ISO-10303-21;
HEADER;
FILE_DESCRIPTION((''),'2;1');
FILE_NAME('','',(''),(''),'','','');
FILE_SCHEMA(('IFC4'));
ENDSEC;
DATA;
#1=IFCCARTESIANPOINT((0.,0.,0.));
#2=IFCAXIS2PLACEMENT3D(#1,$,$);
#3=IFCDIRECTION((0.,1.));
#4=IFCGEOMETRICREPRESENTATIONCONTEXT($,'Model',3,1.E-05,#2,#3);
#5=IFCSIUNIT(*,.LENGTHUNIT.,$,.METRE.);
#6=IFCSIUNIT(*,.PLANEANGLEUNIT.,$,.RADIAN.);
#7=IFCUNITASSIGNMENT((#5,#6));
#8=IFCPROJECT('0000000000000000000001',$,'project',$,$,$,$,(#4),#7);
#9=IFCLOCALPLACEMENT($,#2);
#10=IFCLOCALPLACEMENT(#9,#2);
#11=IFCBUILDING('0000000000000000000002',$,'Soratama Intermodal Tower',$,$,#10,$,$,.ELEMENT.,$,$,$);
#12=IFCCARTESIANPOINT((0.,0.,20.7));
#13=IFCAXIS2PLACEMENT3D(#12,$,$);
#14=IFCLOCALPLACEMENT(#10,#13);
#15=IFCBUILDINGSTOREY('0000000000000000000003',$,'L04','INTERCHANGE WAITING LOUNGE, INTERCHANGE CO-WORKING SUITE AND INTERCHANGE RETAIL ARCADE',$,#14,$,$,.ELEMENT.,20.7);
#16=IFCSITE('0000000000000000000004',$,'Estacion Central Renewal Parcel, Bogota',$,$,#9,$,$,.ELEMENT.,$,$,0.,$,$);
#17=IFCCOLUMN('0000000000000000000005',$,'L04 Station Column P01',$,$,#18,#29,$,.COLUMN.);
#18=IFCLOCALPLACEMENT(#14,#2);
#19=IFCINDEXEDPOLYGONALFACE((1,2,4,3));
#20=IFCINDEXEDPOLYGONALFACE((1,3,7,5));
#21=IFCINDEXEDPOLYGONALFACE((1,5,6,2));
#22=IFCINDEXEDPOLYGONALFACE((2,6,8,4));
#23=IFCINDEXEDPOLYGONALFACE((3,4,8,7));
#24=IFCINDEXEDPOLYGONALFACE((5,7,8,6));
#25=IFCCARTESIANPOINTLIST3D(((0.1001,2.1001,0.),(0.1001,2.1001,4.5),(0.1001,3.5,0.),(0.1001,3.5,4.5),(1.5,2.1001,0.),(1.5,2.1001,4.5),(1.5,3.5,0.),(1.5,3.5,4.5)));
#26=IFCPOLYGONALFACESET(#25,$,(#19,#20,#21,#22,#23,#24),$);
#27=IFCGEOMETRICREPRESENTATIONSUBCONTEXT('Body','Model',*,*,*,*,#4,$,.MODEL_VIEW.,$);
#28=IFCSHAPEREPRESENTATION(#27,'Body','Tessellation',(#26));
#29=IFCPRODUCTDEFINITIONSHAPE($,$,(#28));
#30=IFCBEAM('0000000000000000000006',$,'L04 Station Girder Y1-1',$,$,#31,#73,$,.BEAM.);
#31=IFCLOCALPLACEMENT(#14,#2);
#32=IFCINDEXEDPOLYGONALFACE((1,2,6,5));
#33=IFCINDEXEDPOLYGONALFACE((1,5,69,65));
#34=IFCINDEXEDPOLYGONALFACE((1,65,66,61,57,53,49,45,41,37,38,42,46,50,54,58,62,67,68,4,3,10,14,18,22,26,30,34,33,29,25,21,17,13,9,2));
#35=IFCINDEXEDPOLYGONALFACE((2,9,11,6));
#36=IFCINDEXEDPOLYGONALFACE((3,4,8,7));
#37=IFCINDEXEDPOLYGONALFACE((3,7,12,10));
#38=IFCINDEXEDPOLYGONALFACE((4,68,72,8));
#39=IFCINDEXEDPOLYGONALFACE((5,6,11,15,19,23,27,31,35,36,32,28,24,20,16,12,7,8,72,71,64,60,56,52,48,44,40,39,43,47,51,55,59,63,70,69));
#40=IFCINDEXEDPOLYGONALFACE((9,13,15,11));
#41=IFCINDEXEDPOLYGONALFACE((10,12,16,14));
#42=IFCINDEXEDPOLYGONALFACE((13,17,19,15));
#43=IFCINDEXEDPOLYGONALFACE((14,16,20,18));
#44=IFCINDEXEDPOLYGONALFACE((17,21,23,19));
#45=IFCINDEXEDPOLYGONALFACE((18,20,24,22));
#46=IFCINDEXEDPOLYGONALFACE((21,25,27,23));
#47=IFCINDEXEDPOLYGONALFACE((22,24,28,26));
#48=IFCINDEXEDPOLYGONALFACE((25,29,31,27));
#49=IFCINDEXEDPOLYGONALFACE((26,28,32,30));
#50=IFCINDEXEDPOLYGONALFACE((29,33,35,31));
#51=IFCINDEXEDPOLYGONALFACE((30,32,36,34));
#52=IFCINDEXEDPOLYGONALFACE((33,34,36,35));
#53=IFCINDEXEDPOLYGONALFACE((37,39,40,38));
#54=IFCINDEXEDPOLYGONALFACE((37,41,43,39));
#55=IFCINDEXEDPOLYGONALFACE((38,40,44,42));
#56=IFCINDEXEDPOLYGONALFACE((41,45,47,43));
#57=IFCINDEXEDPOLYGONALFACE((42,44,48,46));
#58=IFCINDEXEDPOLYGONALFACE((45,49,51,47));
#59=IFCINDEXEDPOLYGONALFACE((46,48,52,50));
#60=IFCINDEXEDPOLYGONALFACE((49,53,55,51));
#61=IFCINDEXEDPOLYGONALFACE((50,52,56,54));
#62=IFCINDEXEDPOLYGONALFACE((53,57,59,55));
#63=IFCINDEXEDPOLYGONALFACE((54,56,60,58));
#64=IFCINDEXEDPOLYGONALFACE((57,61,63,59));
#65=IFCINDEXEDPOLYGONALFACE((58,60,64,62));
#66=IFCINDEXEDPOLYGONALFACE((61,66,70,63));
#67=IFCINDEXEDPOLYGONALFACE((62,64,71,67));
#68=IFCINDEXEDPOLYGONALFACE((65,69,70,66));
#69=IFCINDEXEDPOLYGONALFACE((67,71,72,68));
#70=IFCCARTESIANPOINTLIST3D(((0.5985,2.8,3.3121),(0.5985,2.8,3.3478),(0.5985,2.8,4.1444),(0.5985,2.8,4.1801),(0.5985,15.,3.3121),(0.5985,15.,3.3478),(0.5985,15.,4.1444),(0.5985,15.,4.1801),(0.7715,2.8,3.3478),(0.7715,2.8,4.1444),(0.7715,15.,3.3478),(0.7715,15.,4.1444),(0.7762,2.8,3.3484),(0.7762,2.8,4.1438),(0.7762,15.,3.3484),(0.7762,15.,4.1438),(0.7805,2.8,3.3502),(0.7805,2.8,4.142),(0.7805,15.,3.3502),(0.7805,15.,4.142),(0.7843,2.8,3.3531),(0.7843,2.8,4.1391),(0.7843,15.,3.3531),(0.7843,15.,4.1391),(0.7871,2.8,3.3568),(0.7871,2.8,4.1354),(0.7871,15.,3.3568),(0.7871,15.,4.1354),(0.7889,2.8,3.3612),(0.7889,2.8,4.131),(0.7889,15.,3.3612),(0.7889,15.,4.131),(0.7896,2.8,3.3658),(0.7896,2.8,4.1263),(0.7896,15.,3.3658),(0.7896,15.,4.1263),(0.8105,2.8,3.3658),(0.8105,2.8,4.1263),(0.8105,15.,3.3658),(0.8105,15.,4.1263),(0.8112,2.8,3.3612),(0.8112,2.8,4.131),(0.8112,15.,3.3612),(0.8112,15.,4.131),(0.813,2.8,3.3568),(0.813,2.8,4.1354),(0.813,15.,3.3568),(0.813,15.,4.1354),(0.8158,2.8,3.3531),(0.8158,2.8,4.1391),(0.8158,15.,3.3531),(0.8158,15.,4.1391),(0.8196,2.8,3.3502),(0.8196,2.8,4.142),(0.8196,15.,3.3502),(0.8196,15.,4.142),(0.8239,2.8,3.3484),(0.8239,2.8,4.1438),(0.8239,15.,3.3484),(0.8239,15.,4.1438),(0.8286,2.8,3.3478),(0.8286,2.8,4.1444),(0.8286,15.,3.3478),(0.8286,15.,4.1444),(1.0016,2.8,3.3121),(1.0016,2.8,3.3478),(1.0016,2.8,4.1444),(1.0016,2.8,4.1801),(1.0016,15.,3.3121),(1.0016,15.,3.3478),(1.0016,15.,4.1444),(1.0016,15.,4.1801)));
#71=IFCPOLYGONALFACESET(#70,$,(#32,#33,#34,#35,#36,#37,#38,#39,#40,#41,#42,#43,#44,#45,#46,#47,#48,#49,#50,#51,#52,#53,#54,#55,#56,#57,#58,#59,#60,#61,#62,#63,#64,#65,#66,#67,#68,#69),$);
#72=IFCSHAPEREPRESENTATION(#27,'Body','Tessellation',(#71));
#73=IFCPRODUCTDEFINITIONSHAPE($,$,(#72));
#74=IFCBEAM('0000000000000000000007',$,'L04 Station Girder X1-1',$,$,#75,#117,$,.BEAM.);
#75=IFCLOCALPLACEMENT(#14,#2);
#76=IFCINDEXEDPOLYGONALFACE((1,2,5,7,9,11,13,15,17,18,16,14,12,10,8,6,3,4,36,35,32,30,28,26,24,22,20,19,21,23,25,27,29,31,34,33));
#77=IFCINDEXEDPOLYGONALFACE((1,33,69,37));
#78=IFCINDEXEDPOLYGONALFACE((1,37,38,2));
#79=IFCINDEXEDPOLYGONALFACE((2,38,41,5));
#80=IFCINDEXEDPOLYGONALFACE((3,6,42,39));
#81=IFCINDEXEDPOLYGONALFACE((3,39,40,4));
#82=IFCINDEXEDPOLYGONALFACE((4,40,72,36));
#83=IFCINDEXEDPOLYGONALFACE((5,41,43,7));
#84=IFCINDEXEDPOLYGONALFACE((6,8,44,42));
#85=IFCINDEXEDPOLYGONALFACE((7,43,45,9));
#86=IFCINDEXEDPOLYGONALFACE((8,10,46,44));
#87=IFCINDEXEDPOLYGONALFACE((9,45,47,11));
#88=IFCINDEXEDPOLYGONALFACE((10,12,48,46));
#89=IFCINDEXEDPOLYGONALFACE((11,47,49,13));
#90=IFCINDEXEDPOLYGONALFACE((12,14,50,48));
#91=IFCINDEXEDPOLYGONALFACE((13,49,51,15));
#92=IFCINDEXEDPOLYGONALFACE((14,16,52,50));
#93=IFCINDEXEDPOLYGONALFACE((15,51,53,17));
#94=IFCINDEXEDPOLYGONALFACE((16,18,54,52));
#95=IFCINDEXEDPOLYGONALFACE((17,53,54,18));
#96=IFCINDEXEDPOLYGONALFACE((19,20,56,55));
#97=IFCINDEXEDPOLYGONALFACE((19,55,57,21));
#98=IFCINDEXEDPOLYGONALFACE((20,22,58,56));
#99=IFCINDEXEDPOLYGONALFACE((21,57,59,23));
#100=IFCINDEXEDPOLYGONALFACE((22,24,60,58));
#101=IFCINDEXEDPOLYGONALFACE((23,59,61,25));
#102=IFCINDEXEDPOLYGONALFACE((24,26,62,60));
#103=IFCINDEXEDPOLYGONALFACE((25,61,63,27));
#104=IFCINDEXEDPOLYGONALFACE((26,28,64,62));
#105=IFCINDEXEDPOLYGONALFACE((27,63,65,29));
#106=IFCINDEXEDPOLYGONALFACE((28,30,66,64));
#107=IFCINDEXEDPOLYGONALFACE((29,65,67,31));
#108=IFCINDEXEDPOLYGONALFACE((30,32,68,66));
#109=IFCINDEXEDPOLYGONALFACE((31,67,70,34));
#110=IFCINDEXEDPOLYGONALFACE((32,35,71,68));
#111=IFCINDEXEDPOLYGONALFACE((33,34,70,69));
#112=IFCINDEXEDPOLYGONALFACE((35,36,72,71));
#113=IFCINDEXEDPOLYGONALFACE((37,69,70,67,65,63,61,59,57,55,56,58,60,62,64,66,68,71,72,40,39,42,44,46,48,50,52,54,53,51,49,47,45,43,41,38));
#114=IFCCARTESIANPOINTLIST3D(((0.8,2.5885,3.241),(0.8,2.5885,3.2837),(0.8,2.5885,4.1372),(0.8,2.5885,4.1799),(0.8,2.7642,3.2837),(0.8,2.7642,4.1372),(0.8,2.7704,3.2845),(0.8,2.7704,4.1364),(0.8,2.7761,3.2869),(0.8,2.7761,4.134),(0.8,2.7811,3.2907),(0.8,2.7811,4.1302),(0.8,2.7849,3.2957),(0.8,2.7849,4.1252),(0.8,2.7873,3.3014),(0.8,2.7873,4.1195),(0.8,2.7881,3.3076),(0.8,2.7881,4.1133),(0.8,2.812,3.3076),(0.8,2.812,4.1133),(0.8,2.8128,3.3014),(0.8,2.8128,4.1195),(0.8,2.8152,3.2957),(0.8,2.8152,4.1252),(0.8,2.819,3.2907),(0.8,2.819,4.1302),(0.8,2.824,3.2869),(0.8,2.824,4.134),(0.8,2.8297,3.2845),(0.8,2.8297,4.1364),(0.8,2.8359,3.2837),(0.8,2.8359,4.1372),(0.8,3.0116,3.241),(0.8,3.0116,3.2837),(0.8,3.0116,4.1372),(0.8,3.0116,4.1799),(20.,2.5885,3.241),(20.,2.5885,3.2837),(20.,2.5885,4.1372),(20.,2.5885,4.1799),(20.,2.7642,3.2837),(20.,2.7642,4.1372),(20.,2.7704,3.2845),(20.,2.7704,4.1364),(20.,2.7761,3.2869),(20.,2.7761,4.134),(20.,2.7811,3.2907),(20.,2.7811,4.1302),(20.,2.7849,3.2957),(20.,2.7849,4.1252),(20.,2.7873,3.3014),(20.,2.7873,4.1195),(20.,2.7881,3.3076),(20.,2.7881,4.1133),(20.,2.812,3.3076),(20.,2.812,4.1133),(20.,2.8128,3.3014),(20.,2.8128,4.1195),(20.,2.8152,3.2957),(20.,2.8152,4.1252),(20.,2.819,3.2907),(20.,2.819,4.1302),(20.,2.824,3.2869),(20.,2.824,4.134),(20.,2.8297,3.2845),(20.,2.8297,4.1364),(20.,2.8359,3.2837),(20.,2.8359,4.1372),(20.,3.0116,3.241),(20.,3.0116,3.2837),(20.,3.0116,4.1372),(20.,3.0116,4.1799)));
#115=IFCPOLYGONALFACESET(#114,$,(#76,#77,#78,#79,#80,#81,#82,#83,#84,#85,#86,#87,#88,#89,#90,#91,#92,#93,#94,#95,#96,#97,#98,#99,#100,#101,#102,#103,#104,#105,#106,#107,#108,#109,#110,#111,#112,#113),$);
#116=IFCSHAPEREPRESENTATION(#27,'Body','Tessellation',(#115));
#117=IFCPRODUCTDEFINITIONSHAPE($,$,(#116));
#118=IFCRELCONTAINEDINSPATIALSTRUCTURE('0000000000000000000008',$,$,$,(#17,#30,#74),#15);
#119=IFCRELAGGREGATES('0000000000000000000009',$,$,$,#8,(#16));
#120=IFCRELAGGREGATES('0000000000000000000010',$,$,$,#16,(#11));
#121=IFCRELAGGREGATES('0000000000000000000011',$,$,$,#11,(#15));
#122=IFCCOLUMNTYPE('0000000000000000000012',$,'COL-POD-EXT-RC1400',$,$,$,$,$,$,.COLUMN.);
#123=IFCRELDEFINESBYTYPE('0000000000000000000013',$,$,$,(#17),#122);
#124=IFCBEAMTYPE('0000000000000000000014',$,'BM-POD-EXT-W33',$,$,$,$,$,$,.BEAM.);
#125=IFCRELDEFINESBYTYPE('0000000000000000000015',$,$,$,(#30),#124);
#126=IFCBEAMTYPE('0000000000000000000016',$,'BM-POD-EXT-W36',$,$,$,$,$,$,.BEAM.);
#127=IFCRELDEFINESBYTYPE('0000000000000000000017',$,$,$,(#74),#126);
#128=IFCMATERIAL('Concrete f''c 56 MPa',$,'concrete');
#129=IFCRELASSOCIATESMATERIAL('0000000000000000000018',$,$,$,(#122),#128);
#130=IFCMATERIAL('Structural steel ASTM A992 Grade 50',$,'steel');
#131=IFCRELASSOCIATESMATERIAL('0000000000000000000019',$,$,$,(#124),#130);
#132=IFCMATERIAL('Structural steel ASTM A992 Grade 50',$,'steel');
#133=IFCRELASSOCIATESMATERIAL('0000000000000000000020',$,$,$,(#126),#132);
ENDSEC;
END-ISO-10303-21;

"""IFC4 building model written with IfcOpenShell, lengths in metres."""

from ifc_helpers import new_model, si_unit, direction, frame, origin, origin_2d, place, context, subcontext, project, spatial, rectangle, i_section, extrude, material, material_profile, profile_set, type_object, element, save


model = new_model("IFC4")

# Units and contexts
model_context = context("Model", 3, precision=1e-05, world=origin(), true_north=direction((0.0, 1.0)))
body_context = subcontext(model_context, "Body", "Model", "MODEL_VIEW")
ifc_project = project(units=[si_unit("LENGTHUNIT", "METRE"), si_unit("PLANEANGLEUNIT", "RADIAN")], contexts=[model_context])

# Site, building, storey
site_placement = place(None, origin())
site = spatial("IfcSite", under=ifc_project, at=site_placement, Name="Estacion Central Renewal Parcel, Bogota", CompositionType="ELEMENT", RefElevation=0.0)
building_placement = place(site_placement, origin())
building = spatial("IfcBuilding", under=site, at=building_placement, Name="Soratama Intermodal Tower", CompositionType="ELEMENT")
storey_placement = place(building_placement, frame((0.0, 0.0, 20.7)))
storey = spatial("IfcBuildingStorey", under=building, at=storey_placement, Name="L04", Description="INTERCHANGE WAITING LOUNGE, INTERCHANGE CO-WORKING SUITE AND INTERCHANGE RETAIL ARCADE", CompositionType="ELEMENT", Elevation=20.7)

# Column
ifc_material_1 = material(Name="Concrete f'c 56 MPa", Category="concrete")
ifc_material_profile_1 = material_profile(ifc_material_1, rectangle(XDim=1.3999, YDim=1.3999, at=origin_2d()), Name="RC1400X1400")
ifc_profile_set_1 = profile_set([ifc_material_profile_1], Name="Concrete f'c 56 MPa")
column_type = type_object("IfcColumnType", Name="COL-POD-EXT-RC1400", PredefinedType="COLUMN", material=ifc_profile_set_1)
column_placement = place(storey_placement, frame((0.8, 2.8, 0.0), z_axis=(0.0, 0.0, 1.0), x_axis=(1.0, 0.0, 0.0)))
element("IfcColumn", 1, at=column_placement, inside=storey, type_object=column_type, Name="L04 Station Column P01", PredefinedType="COLUMN", context=body_context, shape_type="SweptSolid", body=[
    extrude(rectangle(XDim=1.3999, YDim=1.3999, at=origin_2d()), origin(), (0.0, 0.0, 1.0), 4.5),
])

# Beams
ifc_material_2 = material(Name="Structural steel ASTM A992 Grade 50", Category="steel")
ifc_material_profile_2 = material_profile(ifc_material_2, i_section(OverallWidth=0.4031, OverallDepth=0.8679, WebThickness=0.021, FlangeThickness=0.0356, FilletRadius=0.0181, at=origin_2d()), Name="W33X241")
ifc_profile_set_2 = profile_set([ifc_material_profile_2], Name="Structural steel ASTM A992 Grade 50")
beam_type_1 = type_object("IfcBeamType", Name="BM-POD-EXT-W33", PredefinedType="BEAM", material=ifc_profile_set_2)
beam_1_placement = place(storey_placement, frame((0.8, 2.8, 3.7461), z_axis=(0.0, 1.0, 0.0), x_axis=(-1.0, 0.0, 0.0)))
element("IfcBeam", 2, at=beam_1_placement, inside=storey, type_object=beam_type_1, Name="L04 Station Girder Y1-1", PredefinedType="BEAM", context=body_context, shape_type="SweptSolid", body=[
    extrude(i_section(OverallWidth=0.4031, OverallDepth=0.8679, WebThickness=0.021, FlangeThickness=0.0356, FilletRadius=0.0181, at=origin_2d()), origin(), (0.0, 0.0, 1.0), 12.2),
])
ifc_material_3 = material(Name="Structural steel ASTM A992 Grade 50", Category="steel")
ifc_material_profile_3 = material_profile(ifc_material_3, i_section(OverallWidth=0.4231, OverallDepth=0.939, WebThickness=0.0239, FlangeThickness=0.0427, FilletRadius=0.0239, at=origin_2d()), Name="W36X302")
ifc_profile_set_3 = profile_set([ifc_material_profile_3], Name="Structural steel ASTM A992 Grade 50")
beam_type_2 = type_object("IfcBeamType", Name="BM-POD-EXT-W36", PredefinedType="BEAM", material=ifc_profile_set_3)
beam_2_placement = place(storey_placement, frame((0.8, 2.8, 3.7104), z_axis=(1.0, 0.0, 0.0), x_axis=(0.0, 1.0, 0.0)))
element("IfcBeam", 3, at=beam_2_placement, inside=storey, type_object=beam_type_2, Name="L04 Station Girder X1-1", PredefinedType="BEAM", context=body_context, shape_type="SweptSolid", body=[
    extrude(i_section(OverallWidth=0.4231, OverallDepth=0.939, WebThickness=0.0239, FlangeThickness=0.0427, FilletRadius=0.0239, at=origin_2d()), origin(), (0.0, 0.0, 1.0), 19.2),
])

save(model, "model.ifc")
